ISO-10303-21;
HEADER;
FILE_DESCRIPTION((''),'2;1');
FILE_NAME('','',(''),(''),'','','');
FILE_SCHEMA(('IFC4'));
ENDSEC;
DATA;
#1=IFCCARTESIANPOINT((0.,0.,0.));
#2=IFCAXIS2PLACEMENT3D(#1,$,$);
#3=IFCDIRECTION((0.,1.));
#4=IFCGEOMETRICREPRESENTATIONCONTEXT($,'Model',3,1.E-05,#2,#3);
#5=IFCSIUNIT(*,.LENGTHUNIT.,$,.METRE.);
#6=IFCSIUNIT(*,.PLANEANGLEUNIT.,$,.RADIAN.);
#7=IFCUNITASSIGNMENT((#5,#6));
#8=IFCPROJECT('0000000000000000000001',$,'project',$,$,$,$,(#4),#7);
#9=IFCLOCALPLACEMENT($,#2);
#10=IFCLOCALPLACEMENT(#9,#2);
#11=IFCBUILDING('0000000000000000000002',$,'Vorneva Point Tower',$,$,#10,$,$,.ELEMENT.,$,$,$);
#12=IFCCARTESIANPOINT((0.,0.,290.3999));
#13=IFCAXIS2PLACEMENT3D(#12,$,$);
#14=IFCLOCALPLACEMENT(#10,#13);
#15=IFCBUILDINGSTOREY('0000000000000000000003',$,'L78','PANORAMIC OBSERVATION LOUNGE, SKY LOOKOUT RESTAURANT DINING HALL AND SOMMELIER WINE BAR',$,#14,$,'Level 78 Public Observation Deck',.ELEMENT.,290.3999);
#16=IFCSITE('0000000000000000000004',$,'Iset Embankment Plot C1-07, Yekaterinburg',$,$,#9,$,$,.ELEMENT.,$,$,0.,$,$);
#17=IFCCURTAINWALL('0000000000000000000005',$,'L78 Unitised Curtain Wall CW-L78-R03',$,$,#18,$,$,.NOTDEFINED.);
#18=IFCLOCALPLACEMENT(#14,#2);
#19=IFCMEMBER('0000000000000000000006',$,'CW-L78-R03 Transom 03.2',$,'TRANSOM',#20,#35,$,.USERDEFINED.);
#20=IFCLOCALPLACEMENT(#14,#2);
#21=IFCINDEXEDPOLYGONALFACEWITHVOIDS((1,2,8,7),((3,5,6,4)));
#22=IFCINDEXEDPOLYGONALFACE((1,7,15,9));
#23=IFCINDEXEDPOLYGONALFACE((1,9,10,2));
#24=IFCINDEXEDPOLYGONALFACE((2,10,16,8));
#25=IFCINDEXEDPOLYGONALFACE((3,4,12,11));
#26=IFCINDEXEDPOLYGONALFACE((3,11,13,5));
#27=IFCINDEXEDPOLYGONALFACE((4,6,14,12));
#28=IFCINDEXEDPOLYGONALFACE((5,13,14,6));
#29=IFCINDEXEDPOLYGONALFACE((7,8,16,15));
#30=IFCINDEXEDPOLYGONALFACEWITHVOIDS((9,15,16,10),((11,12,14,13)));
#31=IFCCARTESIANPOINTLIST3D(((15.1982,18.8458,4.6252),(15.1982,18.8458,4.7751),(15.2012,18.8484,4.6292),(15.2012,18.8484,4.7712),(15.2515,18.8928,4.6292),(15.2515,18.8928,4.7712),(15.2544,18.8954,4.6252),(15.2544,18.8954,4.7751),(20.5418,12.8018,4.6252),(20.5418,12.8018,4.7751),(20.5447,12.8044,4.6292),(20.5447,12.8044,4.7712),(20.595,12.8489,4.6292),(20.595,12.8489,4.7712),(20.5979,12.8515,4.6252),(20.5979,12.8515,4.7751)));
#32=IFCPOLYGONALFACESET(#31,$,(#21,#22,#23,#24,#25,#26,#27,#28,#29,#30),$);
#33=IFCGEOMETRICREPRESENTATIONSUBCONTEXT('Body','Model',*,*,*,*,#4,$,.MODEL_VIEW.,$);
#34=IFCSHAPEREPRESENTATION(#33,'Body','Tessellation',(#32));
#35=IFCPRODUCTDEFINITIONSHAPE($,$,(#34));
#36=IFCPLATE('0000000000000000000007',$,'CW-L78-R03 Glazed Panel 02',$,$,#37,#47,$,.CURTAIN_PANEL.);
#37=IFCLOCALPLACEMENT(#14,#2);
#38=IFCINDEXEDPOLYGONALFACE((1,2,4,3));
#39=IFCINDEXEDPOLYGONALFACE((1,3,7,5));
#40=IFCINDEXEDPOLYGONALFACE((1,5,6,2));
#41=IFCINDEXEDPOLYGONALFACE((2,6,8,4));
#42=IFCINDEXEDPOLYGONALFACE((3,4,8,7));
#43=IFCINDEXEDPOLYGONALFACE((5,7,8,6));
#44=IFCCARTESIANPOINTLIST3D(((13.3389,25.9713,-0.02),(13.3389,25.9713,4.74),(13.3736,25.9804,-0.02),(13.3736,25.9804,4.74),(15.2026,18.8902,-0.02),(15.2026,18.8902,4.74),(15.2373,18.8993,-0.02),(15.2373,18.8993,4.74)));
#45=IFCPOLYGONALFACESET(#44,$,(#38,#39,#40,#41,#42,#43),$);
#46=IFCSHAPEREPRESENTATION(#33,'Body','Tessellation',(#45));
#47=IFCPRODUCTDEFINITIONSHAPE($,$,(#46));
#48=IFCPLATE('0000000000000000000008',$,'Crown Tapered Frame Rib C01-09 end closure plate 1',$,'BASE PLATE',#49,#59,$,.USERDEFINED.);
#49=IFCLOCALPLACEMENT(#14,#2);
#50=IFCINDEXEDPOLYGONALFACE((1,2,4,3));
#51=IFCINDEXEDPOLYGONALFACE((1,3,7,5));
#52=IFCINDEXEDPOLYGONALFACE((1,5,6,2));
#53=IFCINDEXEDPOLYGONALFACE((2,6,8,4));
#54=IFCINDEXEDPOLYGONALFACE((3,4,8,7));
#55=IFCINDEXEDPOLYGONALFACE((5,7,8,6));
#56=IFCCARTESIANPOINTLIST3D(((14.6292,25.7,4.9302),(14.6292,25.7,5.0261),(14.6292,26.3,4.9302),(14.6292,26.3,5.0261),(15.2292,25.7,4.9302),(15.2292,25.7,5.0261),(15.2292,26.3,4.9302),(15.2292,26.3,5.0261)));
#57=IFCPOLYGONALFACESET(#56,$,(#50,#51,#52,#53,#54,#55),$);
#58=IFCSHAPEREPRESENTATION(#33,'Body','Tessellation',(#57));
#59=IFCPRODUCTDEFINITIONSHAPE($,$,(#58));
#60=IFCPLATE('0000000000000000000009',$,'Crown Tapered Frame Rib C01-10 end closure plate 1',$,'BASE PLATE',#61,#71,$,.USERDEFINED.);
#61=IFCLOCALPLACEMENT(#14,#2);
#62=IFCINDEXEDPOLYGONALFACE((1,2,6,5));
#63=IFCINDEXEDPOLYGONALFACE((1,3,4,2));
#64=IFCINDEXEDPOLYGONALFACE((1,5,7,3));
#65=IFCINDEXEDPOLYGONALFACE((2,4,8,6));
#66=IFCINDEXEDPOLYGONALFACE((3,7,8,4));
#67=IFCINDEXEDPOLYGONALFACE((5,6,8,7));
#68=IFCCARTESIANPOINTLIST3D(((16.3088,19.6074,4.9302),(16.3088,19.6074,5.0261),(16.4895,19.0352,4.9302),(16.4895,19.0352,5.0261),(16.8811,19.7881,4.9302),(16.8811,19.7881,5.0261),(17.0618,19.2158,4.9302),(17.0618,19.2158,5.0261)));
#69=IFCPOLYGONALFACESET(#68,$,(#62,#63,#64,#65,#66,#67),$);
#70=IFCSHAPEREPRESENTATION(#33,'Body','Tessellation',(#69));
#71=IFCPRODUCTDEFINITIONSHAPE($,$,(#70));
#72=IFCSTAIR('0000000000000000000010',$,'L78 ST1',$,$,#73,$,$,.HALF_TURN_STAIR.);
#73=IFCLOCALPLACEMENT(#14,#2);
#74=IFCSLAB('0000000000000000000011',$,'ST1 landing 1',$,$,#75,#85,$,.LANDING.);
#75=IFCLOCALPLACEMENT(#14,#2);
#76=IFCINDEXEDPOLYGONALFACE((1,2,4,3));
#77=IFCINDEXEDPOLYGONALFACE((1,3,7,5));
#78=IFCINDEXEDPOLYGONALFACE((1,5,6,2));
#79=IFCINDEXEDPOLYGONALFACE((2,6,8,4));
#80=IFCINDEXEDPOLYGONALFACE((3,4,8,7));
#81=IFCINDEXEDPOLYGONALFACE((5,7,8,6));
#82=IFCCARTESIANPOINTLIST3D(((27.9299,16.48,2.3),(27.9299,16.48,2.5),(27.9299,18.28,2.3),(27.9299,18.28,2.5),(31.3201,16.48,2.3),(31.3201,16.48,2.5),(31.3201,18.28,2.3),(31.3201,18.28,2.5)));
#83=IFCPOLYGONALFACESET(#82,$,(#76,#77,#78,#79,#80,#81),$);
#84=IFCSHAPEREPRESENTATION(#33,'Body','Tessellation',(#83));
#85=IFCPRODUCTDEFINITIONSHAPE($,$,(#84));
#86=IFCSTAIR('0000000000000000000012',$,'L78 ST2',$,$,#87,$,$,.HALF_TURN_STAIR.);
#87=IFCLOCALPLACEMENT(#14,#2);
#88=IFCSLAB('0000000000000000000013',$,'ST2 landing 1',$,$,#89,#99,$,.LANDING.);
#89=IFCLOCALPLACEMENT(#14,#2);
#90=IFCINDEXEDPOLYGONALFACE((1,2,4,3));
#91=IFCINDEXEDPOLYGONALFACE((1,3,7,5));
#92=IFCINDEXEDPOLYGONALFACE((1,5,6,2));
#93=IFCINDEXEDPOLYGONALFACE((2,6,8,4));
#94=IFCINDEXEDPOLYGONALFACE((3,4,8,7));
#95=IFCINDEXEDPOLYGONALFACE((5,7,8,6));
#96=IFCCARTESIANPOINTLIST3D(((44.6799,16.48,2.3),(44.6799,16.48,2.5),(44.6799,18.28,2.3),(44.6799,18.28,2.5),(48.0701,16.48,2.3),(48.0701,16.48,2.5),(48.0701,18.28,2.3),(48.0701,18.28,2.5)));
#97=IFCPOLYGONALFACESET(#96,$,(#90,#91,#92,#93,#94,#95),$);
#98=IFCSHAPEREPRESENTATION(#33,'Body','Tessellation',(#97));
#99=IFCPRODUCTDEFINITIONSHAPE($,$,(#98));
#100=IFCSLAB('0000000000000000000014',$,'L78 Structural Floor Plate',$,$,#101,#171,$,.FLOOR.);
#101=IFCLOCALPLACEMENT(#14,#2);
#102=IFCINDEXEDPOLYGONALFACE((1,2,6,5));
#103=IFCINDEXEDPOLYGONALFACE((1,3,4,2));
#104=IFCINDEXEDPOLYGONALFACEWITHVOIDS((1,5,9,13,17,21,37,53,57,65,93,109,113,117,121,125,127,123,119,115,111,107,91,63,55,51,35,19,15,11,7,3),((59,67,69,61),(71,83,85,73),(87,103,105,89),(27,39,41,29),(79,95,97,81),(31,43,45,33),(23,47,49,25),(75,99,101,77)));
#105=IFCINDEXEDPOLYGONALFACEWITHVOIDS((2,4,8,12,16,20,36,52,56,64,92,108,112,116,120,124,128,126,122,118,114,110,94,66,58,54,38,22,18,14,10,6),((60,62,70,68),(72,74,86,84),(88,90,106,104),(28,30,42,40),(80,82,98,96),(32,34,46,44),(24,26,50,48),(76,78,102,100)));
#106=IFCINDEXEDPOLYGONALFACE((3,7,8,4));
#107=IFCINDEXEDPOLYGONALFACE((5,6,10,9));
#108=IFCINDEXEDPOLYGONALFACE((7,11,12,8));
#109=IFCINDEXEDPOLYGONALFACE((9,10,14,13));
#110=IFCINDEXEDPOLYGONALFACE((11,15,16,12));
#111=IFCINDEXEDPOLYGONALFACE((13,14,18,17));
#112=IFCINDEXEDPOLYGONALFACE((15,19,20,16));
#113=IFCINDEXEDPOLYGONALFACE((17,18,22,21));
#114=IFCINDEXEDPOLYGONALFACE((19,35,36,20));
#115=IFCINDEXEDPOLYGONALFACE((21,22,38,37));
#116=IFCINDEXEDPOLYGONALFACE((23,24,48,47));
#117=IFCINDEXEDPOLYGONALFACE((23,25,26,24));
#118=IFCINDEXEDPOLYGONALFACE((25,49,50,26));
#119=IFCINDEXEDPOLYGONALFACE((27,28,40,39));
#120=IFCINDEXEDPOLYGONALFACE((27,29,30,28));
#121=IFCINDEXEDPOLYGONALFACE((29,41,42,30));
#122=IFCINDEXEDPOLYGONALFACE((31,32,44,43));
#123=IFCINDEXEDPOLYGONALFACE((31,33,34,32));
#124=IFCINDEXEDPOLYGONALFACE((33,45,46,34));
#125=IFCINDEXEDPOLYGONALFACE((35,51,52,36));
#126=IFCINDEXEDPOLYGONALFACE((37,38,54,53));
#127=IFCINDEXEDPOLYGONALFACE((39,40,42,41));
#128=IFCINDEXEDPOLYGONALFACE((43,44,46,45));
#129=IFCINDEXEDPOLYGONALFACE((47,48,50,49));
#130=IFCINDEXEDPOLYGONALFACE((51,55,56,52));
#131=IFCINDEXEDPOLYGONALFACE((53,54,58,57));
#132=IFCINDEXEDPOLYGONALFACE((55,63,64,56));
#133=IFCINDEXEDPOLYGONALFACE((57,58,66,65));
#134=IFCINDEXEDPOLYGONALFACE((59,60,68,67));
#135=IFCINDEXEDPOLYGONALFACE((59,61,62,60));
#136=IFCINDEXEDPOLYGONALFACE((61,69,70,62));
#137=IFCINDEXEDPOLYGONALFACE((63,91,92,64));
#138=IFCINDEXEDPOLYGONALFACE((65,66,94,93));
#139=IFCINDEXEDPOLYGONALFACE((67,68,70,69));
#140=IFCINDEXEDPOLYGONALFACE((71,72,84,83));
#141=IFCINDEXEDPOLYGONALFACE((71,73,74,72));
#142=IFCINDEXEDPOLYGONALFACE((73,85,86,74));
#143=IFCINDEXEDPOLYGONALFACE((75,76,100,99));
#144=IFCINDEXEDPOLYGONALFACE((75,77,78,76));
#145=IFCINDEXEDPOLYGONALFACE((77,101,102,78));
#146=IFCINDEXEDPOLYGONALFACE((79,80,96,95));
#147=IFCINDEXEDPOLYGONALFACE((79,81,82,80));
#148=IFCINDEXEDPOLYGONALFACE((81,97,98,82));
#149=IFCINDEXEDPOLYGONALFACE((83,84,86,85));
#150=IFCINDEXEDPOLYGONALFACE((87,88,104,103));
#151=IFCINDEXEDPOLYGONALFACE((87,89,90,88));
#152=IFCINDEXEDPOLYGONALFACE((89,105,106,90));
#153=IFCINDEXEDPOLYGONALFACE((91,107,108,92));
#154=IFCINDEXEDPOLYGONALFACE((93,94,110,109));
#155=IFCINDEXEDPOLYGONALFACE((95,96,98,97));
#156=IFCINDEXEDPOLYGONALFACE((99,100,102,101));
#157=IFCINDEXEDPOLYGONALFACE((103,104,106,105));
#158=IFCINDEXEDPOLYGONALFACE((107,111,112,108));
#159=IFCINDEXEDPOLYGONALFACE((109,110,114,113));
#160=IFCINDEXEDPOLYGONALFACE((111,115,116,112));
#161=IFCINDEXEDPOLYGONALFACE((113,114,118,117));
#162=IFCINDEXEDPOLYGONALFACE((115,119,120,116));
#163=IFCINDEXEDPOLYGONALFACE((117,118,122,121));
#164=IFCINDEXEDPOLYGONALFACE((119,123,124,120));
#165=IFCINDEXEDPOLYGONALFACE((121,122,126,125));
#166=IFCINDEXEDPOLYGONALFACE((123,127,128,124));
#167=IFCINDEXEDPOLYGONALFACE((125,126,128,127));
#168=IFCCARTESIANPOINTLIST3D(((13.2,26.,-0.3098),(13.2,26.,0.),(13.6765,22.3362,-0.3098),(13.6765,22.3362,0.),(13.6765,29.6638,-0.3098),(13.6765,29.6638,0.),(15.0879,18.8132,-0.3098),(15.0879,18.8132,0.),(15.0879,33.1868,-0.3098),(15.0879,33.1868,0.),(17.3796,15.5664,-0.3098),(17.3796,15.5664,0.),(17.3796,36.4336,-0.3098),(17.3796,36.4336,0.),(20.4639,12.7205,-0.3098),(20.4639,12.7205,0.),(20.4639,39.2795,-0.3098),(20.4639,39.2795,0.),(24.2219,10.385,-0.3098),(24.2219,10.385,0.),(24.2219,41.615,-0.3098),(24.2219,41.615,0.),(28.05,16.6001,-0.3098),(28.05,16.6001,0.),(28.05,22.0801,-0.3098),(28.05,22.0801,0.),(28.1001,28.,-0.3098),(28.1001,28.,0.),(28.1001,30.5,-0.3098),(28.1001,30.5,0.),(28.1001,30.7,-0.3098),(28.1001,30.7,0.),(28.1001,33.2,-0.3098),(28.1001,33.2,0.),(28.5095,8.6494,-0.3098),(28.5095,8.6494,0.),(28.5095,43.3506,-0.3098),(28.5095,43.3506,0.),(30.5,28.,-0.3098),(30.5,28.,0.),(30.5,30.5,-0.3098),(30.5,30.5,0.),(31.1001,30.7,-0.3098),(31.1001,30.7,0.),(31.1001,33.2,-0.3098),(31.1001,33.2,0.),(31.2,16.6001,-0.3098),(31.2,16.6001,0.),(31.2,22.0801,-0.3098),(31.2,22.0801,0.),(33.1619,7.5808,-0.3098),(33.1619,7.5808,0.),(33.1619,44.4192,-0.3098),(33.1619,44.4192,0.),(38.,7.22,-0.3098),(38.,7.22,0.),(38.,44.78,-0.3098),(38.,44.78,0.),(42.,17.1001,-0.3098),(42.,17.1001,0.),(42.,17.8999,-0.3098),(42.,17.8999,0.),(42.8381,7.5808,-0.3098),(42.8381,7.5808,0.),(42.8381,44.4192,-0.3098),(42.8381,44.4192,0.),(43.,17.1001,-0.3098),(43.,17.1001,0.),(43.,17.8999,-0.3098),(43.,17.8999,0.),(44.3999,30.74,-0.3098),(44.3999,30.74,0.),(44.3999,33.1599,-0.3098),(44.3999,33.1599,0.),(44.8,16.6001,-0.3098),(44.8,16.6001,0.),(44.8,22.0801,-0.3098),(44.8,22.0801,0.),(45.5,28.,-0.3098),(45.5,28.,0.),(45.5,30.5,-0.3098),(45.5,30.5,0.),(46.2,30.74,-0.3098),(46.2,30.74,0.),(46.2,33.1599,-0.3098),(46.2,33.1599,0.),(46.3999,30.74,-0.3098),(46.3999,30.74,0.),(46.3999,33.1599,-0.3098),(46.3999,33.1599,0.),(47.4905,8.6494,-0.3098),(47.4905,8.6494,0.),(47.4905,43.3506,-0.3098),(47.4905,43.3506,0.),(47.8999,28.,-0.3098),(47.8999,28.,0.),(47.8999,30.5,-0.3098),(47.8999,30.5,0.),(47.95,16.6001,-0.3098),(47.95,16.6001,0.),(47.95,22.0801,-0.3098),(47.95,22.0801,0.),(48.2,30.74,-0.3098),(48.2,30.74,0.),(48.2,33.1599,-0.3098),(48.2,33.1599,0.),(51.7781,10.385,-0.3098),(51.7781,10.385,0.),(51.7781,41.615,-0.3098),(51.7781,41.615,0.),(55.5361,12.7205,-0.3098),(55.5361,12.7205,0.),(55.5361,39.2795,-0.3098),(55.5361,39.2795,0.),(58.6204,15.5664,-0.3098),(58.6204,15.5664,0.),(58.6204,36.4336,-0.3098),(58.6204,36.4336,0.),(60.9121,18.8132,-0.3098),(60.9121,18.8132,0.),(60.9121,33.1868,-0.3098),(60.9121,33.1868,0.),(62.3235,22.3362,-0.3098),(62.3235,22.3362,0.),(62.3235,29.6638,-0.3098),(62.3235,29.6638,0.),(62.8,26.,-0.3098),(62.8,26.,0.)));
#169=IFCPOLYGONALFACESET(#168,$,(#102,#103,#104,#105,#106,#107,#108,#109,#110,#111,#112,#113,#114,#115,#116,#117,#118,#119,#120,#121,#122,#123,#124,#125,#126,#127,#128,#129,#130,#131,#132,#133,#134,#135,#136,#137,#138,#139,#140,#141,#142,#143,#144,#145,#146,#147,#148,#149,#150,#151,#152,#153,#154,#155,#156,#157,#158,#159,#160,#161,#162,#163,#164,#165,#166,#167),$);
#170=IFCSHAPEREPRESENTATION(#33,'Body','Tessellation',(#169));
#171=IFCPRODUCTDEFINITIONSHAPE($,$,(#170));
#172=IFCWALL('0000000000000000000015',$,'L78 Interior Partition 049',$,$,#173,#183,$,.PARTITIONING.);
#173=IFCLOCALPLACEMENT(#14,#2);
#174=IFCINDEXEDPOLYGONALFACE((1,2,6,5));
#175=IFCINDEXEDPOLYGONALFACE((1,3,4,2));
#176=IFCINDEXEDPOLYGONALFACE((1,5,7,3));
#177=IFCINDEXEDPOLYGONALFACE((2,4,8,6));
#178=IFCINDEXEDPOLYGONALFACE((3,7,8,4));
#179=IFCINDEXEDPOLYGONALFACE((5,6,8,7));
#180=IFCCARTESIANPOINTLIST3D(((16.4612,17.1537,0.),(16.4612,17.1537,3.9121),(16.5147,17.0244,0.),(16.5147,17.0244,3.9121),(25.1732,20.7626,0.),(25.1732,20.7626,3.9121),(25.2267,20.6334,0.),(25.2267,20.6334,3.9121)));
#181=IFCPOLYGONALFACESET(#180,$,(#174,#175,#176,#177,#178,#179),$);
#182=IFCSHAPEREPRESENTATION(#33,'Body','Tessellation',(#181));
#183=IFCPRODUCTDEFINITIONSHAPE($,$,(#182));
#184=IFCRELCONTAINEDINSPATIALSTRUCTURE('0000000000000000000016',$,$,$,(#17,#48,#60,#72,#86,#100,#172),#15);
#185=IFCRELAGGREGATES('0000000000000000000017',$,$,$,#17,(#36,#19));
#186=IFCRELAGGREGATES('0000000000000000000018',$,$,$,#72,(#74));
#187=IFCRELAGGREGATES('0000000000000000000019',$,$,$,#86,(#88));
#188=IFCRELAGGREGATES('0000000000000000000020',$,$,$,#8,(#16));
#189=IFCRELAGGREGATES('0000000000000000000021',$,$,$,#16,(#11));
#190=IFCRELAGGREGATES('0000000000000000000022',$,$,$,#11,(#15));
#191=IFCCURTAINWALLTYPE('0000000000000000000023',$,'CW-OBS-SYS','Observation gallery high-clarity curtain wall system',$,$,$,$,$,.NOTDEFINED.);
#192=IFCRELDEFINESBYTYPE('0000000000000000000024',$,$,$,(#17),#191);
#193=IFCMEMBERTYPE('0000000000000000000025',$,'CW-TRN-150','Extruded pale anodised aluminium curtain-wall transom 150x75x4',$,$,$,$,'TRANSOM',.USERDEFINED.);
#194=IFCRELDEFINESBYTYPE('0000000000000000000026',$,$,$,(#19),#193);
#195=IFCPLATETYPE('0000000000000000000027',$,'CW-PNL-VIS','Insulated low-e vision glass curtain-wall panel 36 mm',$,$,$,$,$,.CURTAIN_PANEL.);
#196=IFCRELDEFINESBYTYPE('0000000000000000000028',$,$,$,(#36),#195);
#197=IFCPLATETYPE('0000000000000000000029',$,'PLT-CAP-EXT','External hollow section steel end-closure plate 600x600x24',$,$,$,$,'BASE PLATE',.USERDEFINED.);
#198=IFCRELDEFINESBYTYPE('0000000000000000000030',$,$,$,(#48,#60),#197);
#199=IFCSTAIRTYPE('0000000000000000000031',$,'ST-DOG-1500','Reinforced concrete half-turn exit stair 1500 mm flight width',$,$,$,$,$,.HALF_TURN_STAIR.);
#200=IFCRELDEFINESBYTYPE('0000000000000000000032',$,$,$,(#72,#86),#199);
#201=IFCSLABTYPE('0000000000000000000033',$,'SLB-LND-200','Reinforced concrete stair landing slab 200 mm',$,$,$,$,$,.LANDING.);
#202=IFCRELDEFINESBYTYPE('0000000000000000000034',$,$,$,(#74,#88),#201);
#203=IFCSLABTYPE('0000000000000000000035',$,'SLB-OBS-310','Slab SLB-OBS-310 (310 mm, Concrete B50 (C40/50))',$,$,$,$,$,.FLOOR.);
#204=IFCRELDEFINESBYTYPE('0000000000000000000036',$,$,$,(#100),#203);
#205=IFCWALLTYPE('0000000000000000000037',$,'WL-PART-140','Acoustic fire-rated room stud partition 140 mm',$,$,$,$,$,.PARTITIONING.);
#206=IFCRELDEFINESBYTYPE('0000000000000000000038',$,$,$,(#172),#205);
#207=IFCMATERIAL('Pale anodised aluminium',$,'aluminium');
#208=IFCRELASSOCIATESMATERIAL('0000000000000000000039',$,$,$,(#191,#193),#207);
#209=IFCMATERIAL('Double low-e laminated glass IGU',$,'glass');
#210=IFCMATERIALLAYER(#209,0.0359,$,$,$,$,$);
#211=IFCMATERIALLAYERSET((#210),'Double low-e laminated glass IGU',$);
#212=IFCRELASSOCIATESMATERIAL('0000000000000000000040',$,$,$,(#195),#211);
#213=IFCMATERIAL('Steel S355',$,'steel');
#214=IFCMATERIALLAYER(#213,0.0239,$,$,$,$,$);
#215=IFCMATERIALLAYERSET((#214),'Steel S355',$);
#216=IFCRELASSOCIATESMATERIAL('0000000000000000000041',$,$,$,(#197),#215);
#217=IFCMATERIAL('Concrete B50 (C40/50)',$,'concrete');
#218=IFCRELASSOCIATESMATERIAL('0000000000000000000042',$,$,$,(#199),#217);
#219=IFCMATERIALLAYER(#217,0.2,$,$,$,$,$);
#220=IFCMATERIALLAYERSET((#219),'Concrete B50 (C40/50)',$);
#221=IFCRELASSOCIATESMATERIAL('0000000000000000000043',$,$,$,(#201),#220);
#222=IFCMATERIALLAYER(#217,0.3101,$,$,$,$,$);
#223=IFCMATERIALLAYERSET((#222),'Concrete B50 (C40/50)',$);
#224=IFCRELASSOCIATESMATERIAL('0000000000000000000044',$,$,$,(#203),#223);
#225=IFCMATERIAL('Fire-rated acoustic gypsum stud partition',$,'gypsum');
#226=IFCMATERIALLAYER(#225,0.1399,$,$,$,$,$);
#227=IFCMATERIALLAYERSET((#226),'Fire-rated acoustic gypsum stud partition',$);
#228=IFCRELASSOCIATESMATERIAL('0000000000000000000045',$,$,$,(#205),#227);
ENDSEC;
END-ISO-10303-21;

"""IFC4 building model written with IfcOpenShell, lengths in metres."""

from ifc_helpers import new_model, si_unit, direction, frame, frame_2d, origin, origin_2d, place, context, subcontext, project, spatial, polyline, rectangle, hollow_rectangle, outline, extrude, material, layer, layer_set, material_profile, profile_set, type_object, element, aggregate, save


model = new_model("IFC4")

# Units and contexts
model_context = context("Model", 3, precision=1e-05, world=origin(), true_north=direction((0.0, 1.0)))
body_context = subcontext(model_context, "Body", "Model", "MODEL_VIEW")
ifc_project = project(units=[si_unit("LENGTHUNIT", "METRE"), si_unit("PLANEANGLEUNIT", "RADIAN")], contexts=[model_context])

# Site, building, storey
site_placement = place(None, origin())
site = spatial("IfcSite", under=ifc_project, at=site_placement, Name="Iset Embankment Plot C1-07, Yekaterinburg", CompositionType="ELEMENT", RefElevation=0.0)
building_placement = place(site_placement, origin())
building = spatial("IfcBuilding", under=site, at=building_placement, Name="Vorneva Point Tower", CompositionType="ELEMENT")
storey_placement = place(building_placement, frame((0.0, 0.0, 290.3999)))
storey = spatial("IfcBuildingStorey", under=building, at=storey_placement, Name="L78", Description="PANORAMIC OBSERVATION LOUNGE, SKY LOOKOUT RESTAURANT DINING HALL AND SOMMELIER WINE BAR", LongName="Level 78 Public Observation Deck", CompositionType="ELEMENT", Elevation=290.3999)

# Shared definitions
ifc_material_1 = material(Name="Concrete B50 (C40/50)", Category="concrete")

# Shared definitions
ifc_material_2 = material(Name="Steel S355", Category="steel")

# Curtain wall, member, plate
ifc_material_3 = material(Name="Pale anodised aluminium", Category="aluminium")
curtain_wall_type = type_object("IfcCurtainWallType", Name="CW-OBS-SYS", Description="Observation gallery high-clarity curtain wall system", PredefinedType="NOTDEFINED", material=ifc_material_3)
curtain_wall_placement = place(storey_placement, origin())
curtain_wall = element("IfcCurtainWall", 1, at=curtain_wall_placement, inside=storey, type_object=curtain_wall_type, Name="L78 Unitised Curtain Wall CW-L78-R03", PredefinedType="NOTDEFINED")
ifc_material_profile_1 = material_profile(ifc_material_3, hollow_rectangle(XDim=0.075, YDim=0.1499, WallThickness=0.0039, at=origin_2d()), Name="AL-TRN 150x75x4")
ifc_profile_set_1 = profile_set([ifc_material_profile_1], Name="Pale anodised aluminium")
member_type_1 = type_object("IfcMemberType", Name="CW-TRN-150", Description="Extruded pale anodised aluminium curtain-wall transom 150x75x4", ElementType="TRANSOM", PredefinedType="USERDEFINED", material=ifc_profile_set_1)
member_1_placement = place(storey_placement, frame((15.2263, 18.8706, 4.7002), z_axis=(0.662361, -0.749185, 0.0), x_axis=(0.749185, 0.662361, 0.0)))
member_1 = element("IfcMember", 2, at=member_1_placement, type_object=member_type_1, Name="CW-L78-R03 Transom 03.2", ObjectType="TRANSOM", PredefinedType="USERDEFINED", context=body_context, shape_type="SweptSolid", body=[
    extrude(hollow_rectangle(XDim=0.075, YDim=0.1499, WallThickness=0.0039, at=origin_2d()), origin(), (0.0, 0.0, 1.0), 8.0674),
])
ifc_material_4 = material(Name="Double low-e laminated glass IGU", Category="glass")
ifc_layer_1 = layer(ifc_material_4, 0.0359)
ifc_layer_set_1 = layer_set([ifc_layer_1], Name="Double low-e laminated glass IGU")
plate_type_1 = type_object("IfcPlateType", Name="CW-PNL-VIS", Description="Insulated low-e vision glass curtain-wall panel 36 mm", PredefinedType="CURTAIN_PANEL", material=ifc_layer_set_1)
plate_placement = place(storey_placement, frame((14.2881, 22.4353, -0.02), z_axis=(0.0, 0.0, 1.0), x_axis=(0.254518, -0.967068, 0.0)))
plate = element("IfcPlate", 3, at=plate_placement, type_object=plate_type_1, Name="CW-L78-R03 Glazed Panel 02", PredefinedType="CURTAIN_PANEL", context=body_context, shape_type="SweptSolid", body=[
    extrude(rectangle(XDim=7.3223, YDim=0.0359, at=origin_2d()), origin(), (0.0, 0.0, 1.0), 4.76),
])
aggregate(curtain_wall, [plate, member_1])

# Plates
ifc_layer_2 = layer(ifc_material_2, 0.0239)
ifc_layer_set_2 = layer_set([ifc_layer_2], Name="Steel S355")
plate_type_2 = type_object("IfcPlateType", Name="PLT-CAP-EXT", Description="External hollow section steel end-closure plate 600x600x24", ElementType="BASE PLATE", PredefinedType="USERDEFINED", material=ifc_layer_set_2)
for number, where, z_axis, x_axis, name in (
    (4, (14.9292, 26.0, 4.9302), (0.0, 0.0, 1.0), (1.0, 0.0, 0.0), "Crown Tapered Frame Rib C01-09 end closure plate 1"),
    (5, (16.6853, 19.4116, 4.9302), (0.0, 0.0, 1.0), (0.953601, 0.301072, 0.0), "Crown Tapered Frame Rib C01-10 end closure plate 1"),
):
    element("IfcPlate", number, at=place(storey_placement, frame(where, z_axis=z_axis, x_axis=x_axis)), inside=storey, type_object=plate_type_2, Name=name, ObjectType="BASE PLATE", PredefinedType="USERDEFINED", context=body_context, shape_type="SweptSolid", body=[
        extrude(rectangle(XDim=0.6001, YDim=0.6001, at=origin_2d()), origin(), (0.0, 0.0, 1.0), 0.0959),
    ])

# Stairs, slabs
stair_type = type_object("IfcStairType", Name="ST-DOG-1500", Description="Reinforced concrete half-turn exit stair 1500 mm flight width", PredefinedType="HALF_TURN_STAIR", material=ifc_material_1)
stair_1_placement = place(storey_placement, origin())
stair_1 = element("IfcStair", 6, at=stair_1_placement, inside=storey, type_object=stair_type, Name="L78 ST1", PredefinedType="HALF_TURN_STAIR")
ifc_layer_3 = layer(ifc_material_1, 0.2)
ifc_layer_set_3 = layer_set([ifc_layer_3], Name="Concrete B50 (C40/50)")
slab_type_1 = type_object("IfcSlabType", Name="SLB-LND-200", Description="Reinforced concrete stair landing slab 200 mm", PredefinedType="LANDING", material=ifc_layer_set_3)
slab_1_placement = place(storey_placement, frame((0.0, 0.0, 2.3)))
slab_1 = element("IfcSlab", 7, at=slab_1_placement, type_object=slab_type_1, Name="ST1 landing 1", PredefinedType="LANDING", context=body_context, shape_type="SweptSolid", body=[
    extrude(outline(polyline([(27.9299, 16.48), (31.3201, 16.48), (31.3201, 18.28), (27.9299, 18.28), (27.9299, 16.48)])), origin(), (0.0, 0.0, 1.0), 0.2),
])
aggregate(stair_1, [slab_1])
stair_2_placement = place(storey_placement, origin())
stair_2 = element("IfcStair", 8, at=stair_2_placement, inside=storey, type_object=stair_type, Name="L78 ST2", PredefinedType="HALF_TURN_STAIR")
slab_2_placement = place(storey_placement, frame((0.0, 0.0, 2.3)))
slab_2 = element("IfcSlab", 9, at=slab_2_placement, type_object=slab_type_1, Name="ST2 landing 1", PredefinedType="LANDING", context=body_context, shape_type="SweptSolid", body=[
    extrude(outline(polyline([(44.6799, 16.48), (48.0701, 16.48), (48.0701, 18.28), (44.6799, 18.28), (44.6799, 16.48)])), origin(), (0.0, 0.0, 1.0), 0.2),
])
aggregate(stair_2, [slab_2])

# Slab
ifc_layer_4 = layer(ifc_material_1, 0.3101)
ifc_layer_set_4 = layer_set([ifc_layer_4], Name="Concrete B50 (C40/50)")
slab_type_2 = type_object("IfcSlabType", Name="SLB-OBS-310", Description="Slab SLB-OBS-310 (310 mm, Concrete B50 (C40/50))", PredefinedType="FLOOR", material=ifc_layer_set_4)
slab_3_placement = place(storey_placement, frame((0.0, 0.0, -0.3098)))
element("IfcSlab", 10, at=slab_3_placement, inside=storey, type_object=slab_type_2, Name="L78 Structural Floor Plate", PredefinedType="FLOOR", context=body_context, shape_type="SweptSolid", body=[
    extrude(outline(polyline([(62.8, 26.0), (62.3235, 29.6638), (60.9121, 33.1868), (58.6204, 36.4336), (55.5361, 39.2795), (51.7781, 41.615), (47.4905, 43.3506), (42.8381, 44.4192), (38.0, 44.78), (33.1619, 44.4192), (28.5095, 43.3506), (24.2219, 41.615), (20.4639, 39.2795), (17.3796, 36.4336), (15.0879, 33.1868), (13.6765, 29.6638), (13.2, 26.0), (13.6765, 22.3362), (15.0879, 18.8132), (17.3796, 15.5664), (20.4639, 12.7205), (24.2219, 10.385), (28.5095, 8.6494), (33.1619, 7.5808), (38.0, 7.22), (42.8381, 7.5808), (47.4905, 8.6494), (51.7781, 10.385), (55.5361, 12.7205), (58.6204, 15.5664), (60.9121, 18.8132), (62.3235, 22.3362), (62.8, 26.0)]), holes=[polyline([(44.3999, 30.74), (46.2, 30.74), (46.2, 33.1599), (44.3999, 33.1599), (44.3999, 30.74)]), polyline([(46.3999, 30.74), (48.2, 30.74), (48.2, 33.1599), (46.3999, 33.1599), (46.3999, 30.74)]), polyline([(28.1001, 28.0), (30.5, 28.0), (30.5, 30.5), (28.1001, 30.5), (28.1001, 28.0)]), polyline([(45.5, 28.0), (47.8999, 28.0), (47.8999, 30.5), (45.5, 30.5), (45.5, 28.0)]), polyline([(28.1001, 30.7), (31.1001, 30.7), (31.1001, 33.2), (28.1001, 33.2), (28.1001, 30.7)]), polyline([(28.05, 16.6001), (31.2, 16.6001), (31.2, 22.0801), (28.05, 22.0801), (28.05, 16.6001)]), polyline([(44.8, 16.6001), (47.95, 16.6001), (47.95, 22.0801), (44.8, 22.0801), (44.8, 16.6001)]), polyline([(42.0, 17.1001), (43.0, 17.1001), (43.0, 17.8999), (42.0, 17.8999), (42.0, 17.1001)])]), origin(), (0.0, 0.0, 1.0), 0.3098),
])

# Wall
ifc_material_5 = material(Name="Fire-rated acoustic gypsum stud partition", Category="gypsum")
ifc_layer_5 = layer(ifc_material_5, 0.1399)
ifc_layer_set_5 = layer_set([ifc_layer_5], Name="Fire-rated acoustic gypsum stud partition")
wall_type = type_object("IfcWallType", Name="WL-PART-140", Description="Acoustic fire-rated room stud partition 140 mm", PredefinedType="PARTITIONING", material=ifc_layer_set_5)
wall_placement = place(storey_placement, frame((16.488, 17.0891, 0.0), z_axis=(0.0, 0.0, 1.0), x_axis=(0.923869, 0.38271, 0.0)))
element("IfcWall", 11, at=wall_placement, inside=storey, type_object=wall_type, Name="L78 Interior Partition 049", PredefinedType="PARTITIONING", context=body_context, shape_type="SweptSolid", body=[
    extrude(rectangle(XDim=9.4299, YDim=0.1399, at=frame_2d((4.7148, 0.0))), origin(), (0.0, 0.0, 1.0), 3.9121),
])

save(model, "model.ifc")
